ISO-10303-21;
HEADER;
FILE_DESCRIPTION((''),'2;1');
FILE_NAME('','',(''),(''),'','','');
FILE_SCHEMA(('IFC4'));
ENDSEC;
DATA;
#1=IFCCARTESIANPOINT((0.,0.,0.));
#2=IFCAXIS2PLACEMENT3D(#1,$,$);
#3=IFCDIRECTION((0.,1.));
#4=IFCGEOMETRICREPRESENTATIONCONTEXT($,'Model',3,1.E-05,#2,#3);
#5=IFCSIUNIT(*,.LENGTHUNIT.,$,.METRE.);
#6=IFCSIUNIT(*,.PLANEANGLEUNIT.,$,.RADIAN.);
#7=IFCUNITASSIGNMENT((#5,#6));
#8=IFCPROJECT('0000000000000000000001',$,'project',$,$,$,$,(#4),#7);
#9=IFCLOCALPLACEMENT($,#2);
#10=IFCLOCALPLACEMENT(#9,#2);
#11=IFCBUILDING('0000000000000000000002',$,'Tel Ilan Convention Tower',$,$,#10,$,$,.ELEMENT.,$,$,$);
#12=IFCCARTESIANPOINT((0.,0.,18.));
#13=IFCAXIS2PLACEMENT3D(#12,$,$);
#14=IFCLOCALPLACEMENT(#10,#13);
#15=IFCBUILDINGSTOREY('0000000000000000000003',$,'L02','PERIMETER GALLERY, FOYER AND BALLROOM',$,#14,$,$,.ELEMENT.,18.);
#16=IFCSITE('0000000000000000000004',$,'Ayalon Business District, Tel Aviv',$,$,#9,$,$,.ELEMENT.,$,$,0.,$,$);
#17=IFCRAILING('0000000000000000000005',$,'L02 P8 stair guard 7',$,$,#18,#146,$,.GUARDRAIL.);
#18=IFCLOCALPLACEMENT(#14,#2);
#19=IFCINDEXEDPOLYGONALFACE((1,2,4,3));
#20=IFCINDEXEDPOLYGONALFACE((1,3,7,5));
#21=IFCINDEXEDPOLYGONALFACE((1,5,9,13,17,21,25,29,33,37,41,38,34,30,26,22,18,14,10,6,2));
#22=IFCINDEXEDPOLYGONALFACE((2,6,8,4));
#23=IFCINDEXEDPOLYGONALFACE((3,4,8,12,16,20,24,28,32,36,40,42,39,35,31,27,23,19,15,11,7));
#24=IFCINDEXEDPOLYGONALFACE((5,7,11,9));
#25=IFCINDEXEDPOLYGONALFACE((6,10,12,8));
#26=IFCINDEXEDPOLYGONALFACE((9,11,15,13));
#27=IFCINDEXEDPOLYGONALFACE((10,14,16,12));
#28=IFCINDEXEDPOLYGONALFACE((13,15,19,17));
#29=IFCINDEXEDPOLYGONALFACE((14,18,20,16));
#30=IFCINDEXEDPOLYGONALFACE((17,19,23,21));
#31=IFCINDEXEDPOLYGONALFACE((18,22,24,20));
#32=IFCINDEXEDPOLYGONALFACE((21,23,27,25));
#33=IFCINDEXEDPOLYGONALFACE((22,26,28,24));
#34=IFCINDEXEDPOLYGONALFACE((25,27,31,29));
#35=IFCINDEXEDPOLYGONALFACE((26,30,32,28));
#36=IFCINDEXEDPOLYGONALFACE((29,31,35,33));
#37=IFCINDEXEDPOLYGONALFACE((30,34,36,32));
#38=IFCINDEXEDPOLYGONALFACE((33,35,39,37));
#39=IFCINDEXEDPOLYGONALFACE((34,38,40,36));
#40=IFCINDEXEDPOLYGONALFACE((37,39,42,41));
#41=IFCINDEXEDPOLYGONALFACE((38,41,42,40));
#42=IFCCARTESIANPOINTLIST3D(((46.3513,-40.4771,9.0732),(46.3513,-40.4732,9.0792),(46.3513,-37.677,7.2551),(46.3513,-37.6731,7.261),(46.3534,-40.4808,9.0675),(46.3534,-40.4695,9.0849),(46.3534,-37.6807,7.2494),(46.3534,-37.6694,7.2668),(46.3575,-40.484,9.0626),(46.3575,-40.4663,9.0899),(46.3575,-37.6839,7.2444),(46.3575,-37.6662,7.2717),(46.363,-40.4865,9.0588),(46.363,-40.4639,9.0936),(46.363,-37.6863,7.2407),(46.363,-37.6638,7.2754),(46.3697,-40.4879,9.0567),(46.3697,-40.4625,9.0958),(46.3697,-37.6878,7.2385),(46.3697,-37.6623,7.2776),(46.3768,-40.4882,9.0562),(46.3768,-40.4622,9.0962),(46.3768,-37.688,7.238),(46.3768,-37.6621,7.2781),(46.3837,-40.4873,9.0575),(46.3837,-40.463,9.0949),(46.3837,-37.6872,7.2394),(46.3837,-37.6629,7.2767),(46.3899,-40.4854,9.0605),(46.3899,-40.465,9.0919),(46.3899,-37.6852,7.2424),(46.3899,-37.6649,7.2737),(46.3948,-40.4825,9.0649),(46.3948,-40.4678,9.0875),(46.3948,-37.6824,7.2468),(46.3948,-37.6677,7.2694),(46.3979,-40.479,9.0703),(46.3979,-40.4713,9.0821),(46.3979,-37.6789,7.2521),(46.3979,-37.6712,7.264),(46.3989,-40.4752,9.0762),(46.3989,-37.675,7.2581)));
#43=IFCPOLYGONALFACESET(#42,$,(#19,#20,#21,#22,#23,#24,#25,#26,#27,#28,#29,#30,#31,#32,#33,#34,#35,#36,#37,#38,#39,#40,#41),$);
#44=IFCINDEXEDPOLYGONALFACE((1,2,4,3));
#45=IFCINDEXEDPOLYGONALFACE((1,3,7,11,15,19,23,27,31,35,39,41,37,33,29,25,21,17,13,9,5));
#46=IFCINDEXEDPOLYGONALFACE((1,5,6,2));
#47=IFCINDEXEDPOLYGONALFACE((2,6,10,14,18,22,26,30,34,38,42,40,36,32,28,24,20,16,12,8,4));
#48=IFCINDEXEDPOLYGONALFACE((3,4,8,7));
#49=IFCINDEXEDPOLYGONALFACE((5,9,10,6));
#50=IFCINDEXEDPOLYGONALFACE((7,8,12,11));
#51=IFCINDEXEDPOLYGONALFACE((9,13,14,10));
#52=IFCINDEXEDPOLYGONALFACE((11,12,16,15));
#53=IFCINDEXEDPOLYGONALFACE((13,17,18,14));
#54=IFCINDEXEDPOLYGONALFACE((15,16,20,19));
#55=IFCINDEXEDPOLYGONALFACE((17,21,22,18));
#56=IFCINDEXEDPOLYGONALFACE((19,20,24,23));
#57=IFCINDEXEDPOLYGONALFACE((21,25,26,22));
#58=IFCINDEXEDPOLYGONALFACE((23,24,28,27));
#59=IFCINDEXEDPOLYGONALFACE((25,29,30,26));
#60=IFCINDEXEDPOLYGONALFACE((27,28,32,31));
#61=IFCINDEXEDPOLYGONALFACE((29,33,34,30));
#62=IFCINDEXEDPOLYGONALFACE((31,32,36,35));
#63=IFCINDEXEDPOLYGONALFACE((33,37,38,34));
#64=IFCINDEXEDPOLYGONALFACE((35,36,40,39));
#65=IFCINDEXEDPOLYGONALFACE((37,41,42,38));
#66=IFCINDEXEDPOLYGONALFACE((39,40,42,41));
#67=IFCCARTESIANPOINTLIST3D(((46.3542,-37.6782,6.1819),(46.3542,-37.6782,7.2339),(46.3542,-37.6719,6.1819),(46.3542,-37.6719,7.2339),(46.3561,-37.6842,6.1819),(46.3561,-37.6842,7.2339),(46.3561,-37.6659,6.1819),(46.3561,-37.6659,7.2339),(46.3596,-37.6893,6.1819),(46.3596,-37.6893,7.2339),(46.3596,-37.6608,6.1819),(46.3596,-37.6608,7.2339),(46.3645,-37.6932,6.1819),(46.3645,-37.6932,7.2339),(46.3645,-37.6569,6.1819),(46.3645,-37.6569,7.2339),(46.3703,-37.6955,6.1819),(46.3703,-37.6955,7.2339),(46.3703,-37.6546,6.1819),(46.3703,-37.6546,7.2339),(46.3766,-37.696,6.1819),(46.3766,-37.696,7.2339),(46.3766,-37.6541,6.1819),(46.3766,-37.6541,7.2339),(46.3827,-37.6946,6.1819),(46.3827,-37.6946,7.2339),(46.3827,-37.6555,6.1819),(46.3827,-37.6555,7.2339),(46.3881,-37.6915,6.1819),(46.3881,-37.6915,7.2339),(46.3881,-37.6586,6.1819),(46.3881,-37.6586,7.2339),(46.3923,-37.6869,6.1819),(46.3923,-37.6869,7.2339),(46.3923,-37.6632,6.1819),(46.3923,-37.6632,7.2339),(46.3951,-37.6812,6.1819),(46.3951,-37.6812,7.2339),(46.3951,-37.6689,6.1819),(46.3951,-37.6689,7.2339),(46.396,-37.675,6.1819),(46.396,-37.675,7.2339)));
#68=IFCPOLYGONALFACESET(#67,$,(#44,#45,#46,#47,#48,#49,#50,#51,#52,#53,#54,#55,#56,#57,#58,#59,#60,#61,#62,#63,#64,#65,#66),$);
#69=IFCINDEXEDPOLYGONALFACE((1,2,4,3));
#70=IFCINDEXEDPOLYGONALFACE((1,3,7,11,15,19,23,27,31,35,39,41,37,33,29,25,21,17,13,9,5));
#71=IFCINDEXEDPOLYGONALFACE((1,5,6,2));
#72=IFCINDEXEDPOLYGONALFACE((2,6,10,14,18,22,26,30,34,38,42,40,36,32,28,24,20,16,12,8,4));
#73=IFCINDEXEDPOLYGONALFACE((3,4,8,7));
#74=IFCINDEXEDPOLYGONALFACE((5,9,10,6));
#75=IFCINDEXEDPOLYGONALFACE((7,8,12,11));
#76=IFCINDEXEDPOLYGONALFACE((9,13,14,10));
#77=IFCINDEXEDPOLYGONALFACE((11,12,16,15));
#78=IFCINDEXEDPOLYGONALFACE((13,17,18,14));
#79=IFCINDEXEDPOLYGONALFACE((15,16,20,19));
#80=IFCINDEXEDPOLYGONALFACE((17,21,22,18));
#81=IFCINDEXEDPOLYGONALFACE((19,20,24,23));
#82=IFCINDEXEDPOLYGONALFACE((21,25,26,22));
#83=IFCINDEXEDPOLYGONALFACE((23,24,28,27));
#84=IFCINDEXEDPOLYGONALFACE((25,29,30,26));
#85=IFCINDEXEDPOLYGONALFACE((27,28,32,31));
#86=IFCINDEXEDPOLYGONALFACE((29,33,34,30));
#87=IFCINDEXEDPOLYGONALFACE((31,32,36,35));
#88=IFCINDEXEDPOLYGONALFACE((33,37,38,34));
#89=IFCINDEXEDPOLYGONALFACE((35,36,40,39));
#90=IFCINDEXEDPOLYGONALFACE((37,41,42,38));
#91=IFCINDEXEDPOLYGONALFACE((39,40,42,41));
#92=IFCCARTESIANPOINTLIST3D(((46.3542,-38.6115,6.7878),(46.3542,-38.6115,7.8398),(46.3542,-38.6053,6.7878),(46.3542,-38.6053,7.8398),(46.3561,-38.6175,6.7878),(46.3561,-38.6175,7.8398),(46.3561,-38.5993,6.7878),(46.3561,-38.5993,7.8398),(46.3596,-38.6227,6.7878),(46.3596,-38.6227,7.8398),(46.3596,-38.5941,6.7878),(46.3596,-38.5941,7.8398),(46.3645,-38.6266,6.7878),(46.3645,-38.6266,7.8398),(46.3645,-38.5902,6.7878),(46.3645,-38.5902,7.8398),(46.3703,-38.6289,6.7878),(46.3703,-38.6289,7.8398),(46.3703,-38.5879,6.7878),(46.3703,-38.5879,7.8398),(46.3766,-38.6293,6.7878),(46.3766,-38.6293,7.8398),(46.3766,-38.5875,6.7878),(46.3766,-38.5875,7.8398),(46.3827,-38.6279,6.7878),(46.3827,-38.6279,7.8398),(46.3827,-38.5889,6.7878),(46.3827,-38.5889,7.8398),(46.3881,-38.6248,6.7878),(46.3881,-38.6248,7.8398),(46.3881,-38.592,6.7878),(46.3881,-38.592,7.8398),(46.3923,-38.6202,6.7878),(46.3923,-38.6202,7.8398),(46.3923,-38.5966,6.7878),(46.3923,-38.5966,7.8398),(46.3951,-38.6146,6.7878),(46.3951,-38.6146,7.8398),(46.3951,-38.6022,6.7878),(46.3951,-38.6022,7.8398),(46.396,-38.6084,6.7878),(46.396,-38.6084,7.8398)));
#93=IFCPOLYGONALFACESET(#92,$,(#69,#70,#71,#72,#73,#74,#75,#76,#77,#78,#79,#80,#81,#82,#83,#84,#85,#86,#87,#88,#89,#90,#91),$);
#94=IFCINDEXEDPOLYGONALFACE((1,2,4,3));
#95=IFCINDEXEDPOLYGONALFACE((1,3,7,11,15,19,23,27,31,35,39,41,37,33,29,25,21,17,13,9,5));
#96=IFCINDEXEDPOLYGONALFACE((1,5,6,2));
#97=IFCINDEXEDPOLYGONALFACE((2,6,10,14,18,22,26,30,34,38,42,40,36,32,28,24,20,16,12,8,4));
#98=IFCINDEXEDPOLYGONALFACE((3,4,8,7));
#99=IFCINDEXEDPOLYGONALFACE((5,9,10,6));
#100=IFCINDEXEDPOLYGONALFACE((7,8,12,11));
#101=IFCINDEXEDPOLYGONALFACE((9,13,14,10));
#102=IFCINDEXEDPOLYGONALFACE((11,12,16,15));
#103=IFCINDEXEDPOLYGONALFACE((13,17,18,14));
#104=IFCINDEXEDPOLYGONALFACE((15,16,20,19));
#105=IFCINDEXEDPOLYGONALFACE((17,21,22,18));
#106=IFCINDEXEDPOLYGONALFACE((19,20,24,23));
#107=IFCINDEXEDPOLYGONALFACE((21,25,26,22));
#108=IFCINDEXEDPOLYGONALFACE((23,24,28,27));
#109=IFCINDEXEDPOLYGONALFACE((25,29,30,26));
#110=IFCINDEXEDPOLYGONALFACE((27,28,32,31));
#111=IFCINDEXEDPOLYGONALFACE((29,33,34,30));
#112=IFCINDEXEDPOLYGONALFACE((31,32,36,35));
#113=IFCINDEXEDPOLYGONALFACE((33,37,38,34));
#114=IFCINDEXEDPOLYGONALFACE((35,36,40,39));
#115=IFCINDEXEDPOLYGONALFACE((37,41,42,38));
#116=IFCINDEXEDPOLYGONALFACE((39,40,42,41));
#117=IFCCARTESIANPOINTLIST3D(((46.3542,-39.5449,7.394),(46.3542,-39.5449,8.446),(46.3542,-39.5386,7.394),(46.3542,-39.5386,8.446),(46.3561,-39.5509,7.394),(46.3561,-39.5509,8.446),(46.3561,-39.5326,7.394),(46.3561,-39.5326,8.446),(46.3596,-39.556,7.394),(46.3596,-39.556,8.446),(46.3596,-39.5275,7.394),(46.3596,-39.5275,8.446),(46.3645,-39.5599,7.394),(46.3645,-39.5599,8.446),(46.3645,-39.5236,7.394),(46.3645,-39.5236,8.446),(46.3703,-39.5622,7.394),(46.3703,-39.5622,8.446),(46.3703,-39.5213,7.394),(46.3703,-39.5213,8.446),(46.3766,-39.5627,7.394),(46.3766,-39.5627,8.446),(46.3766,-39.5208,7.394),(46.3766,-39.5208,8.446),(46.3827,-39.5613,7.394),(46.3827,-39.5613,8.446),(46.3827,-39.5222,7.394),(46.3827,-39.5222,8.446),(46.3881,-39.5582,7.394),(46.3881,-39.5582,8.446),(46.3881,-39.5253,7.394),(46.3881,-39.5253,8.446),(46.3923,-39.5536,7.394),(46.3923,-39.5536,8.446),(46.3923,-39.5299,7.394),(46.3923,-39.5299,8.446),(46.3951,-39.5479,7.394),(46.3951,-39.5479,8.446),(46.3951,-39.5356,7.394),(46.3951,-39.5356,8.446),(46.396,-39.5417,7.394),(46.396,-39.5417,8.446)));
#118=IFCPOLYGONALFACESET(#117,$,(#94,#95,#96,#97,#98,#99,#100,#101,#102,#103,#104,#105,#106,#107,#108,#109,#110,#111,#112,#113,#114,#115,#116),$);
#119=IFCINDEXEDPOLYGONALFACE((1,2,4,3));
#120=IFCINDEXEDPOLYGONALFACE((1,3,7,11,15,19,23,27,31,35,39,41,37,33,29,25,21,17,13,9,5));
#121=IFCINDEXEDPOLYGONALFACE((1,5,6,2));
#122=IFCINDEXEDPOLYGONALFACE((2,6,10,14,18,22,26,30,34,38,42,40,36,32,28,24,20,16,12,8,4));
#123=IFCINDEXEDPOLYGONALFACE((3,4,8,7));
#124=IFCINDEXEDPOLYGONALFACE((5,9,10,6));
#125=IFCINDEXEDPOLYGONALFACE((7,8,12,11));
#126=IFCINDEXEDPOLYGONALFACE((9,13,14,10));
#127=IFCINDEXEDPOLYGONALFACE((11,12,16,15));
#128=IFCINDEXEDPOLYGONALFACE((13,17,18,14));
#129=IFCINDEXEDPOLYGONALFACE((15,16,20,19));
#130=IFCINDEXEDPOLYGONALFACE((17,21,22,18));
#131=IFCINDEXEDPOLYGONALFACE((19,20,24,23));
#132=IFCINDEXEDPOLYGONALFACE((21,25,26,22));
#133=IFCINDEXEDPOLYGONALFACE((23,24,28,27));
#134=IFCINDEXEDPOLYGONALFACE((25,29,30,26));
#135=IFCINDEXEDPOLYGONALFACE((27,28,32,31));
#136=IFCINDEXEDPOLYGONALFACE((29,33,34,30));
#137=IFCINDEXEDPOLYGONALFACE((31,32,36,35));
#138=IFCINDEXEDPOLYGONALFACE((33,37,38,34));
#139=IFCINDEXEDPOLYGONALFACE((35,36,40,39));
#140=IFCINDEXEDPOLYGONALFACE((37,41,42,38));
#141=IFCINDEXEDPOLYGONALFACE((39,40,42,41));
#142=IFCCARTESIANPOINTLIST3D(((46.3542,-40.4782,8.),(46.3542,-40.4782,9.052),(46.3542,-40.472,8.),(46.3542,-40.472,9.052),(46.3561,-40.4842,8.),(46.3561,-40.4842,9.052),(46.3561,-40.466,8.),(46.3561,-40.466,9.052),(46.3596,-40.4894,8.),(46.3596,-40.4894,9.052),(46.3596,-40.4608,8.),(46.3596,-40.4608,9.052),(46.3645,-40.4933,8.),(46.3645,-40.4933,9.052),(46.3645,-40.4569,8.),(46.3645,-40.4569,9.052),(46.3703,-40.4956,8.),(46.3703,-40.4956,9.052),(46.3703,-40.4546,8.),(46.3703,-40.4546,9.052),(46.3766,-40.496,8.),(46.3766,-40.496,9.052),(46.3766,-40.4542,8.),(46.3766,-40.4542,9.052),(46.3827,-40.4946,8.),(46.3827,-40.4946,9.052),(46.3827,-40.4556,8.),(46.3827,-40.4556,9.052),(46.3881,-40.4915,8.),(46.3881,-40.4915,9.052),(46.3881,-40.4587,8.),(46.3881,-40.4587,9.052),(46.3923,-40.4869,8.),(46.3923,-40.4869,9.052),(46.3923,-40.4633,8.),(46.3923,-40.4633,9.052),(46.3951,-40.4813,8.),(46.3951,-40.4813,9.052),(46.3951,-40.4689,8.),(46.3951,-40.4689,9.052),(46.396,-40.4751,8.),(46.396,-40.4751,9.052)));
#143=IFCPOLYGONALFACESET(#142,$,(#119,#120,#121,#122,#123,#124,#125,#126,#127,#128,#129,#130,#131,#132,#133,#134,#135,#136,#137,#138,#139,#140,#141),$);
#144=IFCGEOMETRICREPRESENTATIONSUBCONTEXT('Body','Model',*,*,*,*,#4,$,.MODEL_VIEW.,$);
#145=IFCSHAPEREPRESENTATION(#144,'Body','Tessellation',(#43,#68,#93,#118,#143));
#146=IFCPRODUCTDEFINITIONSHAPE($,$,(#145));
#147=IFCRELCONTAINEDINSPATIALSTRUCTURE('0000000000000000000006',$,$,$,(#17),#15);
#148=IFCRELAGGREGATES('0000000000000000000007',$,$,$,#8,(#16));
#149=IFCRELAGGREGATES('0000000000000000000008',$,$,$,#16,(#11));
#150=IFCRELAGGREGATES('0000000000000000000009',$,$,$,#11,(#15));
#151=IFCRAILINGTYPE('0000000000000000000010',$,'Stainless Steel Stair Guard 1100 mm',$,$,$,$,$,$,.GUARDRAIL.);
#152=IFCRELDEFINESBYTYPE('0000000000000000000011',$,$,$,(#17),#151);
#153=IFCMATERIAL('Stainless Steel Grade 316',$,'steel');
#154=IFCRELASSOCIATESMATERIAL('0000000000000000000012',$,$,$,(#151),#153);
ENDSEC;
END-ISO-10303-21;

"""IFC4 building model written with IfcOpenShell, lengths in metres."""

from ifc_helpers import new_model, si_unit, direction, frame, origin, origin_2d, place, context, subcontext, project, spatial, circle, extrude, material, type_object, element, save


model = new_model("IFC4")

# Units and contexts
model_context = context("Model", 3, precision=1e-05, world=origin(), true_north=direction((0.0, 1.0)))
body_context = subcontext(model_context, "Body", "Model", "MODEL_VIEW")
ifc_project = project(units=[si_unit("LENGTHUNIT", "METRE"), si_unit("PLANEANGLEUNIT", "RADIAN")], contexts=[model_context])

# Site, building, storey
site_placement = place(None, origin())
site = spatial("IfcSite", under=ifc_project, at=site_placement, Name="Ayalon Business District, Tel Aviv", CompositionType="ELEMENT", RefElevation=0.0)
building_placement = place(site_placement, origin())
building = spatial("IfcBuilding", under=site, at=building_placement, Name="Tel Ilan Convention Tower", CompositionType="ELEMENT")
storey_placement = place(building_placement, frame((0.0, 0.0, 18.0)))
storey = spatial("IfcBuildingStorey", under=building, at=storey_placement, Name="L02", Description="PERIMETER GALLERY, FOYER AND BALLROOM", CompositionType="ELEMENT", Elevation=18.0)

# Railing
ifc_material_1 = material(Name="Stainless Steel Grade 316", Category="steel")
railing_type_1 = type_object("IfcRailingType", Name="Stainless Steel Stair Guard 1100 mm", PredefinedType="GUARDRAIL", material=ifc_material_1)
railing_1_placement = place(storey_placement, frame((46.375, -37.675, 6.1819)))
element("IfcRailing", 1, at=railing_1_placement, inside=storey, type_object=railing_type_1, Name="L02 P8 stair guard 7", PredefinedType="GUARDRAIL", context=body_context, shape_type="SweptSolid", body=[
    extrude(circle(Radius=0.0239, at=origin_2d()), frame((0.0, 0.0, 1.0762), z_axis=(0.0, -0.838706, 0.544585), x_axis=(1.0, 0.0, 0.0)), (0.0, 0.0, 1.0), 3.3386),
    extrude(circle(Radius=0.021, at=origin_2d()), origin(), (0.0, 0.0, 1.0), 1.052),
    extrude(circle(Radius=0.021, at=origin_2d()), frame((0.0, -0.9333, 0.606)), (0.0, 0.0, 1.0), 1.052),
    extrude(circle(Radius=0.021, at=origin_2d()), frame((0.0, -1.8667, 1.2122)), (0.0, 0.0, 1.0), 1.052),
    extrude(circle(Radius=0.021, at=origin_2d()), frame((0.0, -2.8, 1.8181)), (0.0, 0.0, 1.0), 1.052),
])

save(model, "model.ifc")
